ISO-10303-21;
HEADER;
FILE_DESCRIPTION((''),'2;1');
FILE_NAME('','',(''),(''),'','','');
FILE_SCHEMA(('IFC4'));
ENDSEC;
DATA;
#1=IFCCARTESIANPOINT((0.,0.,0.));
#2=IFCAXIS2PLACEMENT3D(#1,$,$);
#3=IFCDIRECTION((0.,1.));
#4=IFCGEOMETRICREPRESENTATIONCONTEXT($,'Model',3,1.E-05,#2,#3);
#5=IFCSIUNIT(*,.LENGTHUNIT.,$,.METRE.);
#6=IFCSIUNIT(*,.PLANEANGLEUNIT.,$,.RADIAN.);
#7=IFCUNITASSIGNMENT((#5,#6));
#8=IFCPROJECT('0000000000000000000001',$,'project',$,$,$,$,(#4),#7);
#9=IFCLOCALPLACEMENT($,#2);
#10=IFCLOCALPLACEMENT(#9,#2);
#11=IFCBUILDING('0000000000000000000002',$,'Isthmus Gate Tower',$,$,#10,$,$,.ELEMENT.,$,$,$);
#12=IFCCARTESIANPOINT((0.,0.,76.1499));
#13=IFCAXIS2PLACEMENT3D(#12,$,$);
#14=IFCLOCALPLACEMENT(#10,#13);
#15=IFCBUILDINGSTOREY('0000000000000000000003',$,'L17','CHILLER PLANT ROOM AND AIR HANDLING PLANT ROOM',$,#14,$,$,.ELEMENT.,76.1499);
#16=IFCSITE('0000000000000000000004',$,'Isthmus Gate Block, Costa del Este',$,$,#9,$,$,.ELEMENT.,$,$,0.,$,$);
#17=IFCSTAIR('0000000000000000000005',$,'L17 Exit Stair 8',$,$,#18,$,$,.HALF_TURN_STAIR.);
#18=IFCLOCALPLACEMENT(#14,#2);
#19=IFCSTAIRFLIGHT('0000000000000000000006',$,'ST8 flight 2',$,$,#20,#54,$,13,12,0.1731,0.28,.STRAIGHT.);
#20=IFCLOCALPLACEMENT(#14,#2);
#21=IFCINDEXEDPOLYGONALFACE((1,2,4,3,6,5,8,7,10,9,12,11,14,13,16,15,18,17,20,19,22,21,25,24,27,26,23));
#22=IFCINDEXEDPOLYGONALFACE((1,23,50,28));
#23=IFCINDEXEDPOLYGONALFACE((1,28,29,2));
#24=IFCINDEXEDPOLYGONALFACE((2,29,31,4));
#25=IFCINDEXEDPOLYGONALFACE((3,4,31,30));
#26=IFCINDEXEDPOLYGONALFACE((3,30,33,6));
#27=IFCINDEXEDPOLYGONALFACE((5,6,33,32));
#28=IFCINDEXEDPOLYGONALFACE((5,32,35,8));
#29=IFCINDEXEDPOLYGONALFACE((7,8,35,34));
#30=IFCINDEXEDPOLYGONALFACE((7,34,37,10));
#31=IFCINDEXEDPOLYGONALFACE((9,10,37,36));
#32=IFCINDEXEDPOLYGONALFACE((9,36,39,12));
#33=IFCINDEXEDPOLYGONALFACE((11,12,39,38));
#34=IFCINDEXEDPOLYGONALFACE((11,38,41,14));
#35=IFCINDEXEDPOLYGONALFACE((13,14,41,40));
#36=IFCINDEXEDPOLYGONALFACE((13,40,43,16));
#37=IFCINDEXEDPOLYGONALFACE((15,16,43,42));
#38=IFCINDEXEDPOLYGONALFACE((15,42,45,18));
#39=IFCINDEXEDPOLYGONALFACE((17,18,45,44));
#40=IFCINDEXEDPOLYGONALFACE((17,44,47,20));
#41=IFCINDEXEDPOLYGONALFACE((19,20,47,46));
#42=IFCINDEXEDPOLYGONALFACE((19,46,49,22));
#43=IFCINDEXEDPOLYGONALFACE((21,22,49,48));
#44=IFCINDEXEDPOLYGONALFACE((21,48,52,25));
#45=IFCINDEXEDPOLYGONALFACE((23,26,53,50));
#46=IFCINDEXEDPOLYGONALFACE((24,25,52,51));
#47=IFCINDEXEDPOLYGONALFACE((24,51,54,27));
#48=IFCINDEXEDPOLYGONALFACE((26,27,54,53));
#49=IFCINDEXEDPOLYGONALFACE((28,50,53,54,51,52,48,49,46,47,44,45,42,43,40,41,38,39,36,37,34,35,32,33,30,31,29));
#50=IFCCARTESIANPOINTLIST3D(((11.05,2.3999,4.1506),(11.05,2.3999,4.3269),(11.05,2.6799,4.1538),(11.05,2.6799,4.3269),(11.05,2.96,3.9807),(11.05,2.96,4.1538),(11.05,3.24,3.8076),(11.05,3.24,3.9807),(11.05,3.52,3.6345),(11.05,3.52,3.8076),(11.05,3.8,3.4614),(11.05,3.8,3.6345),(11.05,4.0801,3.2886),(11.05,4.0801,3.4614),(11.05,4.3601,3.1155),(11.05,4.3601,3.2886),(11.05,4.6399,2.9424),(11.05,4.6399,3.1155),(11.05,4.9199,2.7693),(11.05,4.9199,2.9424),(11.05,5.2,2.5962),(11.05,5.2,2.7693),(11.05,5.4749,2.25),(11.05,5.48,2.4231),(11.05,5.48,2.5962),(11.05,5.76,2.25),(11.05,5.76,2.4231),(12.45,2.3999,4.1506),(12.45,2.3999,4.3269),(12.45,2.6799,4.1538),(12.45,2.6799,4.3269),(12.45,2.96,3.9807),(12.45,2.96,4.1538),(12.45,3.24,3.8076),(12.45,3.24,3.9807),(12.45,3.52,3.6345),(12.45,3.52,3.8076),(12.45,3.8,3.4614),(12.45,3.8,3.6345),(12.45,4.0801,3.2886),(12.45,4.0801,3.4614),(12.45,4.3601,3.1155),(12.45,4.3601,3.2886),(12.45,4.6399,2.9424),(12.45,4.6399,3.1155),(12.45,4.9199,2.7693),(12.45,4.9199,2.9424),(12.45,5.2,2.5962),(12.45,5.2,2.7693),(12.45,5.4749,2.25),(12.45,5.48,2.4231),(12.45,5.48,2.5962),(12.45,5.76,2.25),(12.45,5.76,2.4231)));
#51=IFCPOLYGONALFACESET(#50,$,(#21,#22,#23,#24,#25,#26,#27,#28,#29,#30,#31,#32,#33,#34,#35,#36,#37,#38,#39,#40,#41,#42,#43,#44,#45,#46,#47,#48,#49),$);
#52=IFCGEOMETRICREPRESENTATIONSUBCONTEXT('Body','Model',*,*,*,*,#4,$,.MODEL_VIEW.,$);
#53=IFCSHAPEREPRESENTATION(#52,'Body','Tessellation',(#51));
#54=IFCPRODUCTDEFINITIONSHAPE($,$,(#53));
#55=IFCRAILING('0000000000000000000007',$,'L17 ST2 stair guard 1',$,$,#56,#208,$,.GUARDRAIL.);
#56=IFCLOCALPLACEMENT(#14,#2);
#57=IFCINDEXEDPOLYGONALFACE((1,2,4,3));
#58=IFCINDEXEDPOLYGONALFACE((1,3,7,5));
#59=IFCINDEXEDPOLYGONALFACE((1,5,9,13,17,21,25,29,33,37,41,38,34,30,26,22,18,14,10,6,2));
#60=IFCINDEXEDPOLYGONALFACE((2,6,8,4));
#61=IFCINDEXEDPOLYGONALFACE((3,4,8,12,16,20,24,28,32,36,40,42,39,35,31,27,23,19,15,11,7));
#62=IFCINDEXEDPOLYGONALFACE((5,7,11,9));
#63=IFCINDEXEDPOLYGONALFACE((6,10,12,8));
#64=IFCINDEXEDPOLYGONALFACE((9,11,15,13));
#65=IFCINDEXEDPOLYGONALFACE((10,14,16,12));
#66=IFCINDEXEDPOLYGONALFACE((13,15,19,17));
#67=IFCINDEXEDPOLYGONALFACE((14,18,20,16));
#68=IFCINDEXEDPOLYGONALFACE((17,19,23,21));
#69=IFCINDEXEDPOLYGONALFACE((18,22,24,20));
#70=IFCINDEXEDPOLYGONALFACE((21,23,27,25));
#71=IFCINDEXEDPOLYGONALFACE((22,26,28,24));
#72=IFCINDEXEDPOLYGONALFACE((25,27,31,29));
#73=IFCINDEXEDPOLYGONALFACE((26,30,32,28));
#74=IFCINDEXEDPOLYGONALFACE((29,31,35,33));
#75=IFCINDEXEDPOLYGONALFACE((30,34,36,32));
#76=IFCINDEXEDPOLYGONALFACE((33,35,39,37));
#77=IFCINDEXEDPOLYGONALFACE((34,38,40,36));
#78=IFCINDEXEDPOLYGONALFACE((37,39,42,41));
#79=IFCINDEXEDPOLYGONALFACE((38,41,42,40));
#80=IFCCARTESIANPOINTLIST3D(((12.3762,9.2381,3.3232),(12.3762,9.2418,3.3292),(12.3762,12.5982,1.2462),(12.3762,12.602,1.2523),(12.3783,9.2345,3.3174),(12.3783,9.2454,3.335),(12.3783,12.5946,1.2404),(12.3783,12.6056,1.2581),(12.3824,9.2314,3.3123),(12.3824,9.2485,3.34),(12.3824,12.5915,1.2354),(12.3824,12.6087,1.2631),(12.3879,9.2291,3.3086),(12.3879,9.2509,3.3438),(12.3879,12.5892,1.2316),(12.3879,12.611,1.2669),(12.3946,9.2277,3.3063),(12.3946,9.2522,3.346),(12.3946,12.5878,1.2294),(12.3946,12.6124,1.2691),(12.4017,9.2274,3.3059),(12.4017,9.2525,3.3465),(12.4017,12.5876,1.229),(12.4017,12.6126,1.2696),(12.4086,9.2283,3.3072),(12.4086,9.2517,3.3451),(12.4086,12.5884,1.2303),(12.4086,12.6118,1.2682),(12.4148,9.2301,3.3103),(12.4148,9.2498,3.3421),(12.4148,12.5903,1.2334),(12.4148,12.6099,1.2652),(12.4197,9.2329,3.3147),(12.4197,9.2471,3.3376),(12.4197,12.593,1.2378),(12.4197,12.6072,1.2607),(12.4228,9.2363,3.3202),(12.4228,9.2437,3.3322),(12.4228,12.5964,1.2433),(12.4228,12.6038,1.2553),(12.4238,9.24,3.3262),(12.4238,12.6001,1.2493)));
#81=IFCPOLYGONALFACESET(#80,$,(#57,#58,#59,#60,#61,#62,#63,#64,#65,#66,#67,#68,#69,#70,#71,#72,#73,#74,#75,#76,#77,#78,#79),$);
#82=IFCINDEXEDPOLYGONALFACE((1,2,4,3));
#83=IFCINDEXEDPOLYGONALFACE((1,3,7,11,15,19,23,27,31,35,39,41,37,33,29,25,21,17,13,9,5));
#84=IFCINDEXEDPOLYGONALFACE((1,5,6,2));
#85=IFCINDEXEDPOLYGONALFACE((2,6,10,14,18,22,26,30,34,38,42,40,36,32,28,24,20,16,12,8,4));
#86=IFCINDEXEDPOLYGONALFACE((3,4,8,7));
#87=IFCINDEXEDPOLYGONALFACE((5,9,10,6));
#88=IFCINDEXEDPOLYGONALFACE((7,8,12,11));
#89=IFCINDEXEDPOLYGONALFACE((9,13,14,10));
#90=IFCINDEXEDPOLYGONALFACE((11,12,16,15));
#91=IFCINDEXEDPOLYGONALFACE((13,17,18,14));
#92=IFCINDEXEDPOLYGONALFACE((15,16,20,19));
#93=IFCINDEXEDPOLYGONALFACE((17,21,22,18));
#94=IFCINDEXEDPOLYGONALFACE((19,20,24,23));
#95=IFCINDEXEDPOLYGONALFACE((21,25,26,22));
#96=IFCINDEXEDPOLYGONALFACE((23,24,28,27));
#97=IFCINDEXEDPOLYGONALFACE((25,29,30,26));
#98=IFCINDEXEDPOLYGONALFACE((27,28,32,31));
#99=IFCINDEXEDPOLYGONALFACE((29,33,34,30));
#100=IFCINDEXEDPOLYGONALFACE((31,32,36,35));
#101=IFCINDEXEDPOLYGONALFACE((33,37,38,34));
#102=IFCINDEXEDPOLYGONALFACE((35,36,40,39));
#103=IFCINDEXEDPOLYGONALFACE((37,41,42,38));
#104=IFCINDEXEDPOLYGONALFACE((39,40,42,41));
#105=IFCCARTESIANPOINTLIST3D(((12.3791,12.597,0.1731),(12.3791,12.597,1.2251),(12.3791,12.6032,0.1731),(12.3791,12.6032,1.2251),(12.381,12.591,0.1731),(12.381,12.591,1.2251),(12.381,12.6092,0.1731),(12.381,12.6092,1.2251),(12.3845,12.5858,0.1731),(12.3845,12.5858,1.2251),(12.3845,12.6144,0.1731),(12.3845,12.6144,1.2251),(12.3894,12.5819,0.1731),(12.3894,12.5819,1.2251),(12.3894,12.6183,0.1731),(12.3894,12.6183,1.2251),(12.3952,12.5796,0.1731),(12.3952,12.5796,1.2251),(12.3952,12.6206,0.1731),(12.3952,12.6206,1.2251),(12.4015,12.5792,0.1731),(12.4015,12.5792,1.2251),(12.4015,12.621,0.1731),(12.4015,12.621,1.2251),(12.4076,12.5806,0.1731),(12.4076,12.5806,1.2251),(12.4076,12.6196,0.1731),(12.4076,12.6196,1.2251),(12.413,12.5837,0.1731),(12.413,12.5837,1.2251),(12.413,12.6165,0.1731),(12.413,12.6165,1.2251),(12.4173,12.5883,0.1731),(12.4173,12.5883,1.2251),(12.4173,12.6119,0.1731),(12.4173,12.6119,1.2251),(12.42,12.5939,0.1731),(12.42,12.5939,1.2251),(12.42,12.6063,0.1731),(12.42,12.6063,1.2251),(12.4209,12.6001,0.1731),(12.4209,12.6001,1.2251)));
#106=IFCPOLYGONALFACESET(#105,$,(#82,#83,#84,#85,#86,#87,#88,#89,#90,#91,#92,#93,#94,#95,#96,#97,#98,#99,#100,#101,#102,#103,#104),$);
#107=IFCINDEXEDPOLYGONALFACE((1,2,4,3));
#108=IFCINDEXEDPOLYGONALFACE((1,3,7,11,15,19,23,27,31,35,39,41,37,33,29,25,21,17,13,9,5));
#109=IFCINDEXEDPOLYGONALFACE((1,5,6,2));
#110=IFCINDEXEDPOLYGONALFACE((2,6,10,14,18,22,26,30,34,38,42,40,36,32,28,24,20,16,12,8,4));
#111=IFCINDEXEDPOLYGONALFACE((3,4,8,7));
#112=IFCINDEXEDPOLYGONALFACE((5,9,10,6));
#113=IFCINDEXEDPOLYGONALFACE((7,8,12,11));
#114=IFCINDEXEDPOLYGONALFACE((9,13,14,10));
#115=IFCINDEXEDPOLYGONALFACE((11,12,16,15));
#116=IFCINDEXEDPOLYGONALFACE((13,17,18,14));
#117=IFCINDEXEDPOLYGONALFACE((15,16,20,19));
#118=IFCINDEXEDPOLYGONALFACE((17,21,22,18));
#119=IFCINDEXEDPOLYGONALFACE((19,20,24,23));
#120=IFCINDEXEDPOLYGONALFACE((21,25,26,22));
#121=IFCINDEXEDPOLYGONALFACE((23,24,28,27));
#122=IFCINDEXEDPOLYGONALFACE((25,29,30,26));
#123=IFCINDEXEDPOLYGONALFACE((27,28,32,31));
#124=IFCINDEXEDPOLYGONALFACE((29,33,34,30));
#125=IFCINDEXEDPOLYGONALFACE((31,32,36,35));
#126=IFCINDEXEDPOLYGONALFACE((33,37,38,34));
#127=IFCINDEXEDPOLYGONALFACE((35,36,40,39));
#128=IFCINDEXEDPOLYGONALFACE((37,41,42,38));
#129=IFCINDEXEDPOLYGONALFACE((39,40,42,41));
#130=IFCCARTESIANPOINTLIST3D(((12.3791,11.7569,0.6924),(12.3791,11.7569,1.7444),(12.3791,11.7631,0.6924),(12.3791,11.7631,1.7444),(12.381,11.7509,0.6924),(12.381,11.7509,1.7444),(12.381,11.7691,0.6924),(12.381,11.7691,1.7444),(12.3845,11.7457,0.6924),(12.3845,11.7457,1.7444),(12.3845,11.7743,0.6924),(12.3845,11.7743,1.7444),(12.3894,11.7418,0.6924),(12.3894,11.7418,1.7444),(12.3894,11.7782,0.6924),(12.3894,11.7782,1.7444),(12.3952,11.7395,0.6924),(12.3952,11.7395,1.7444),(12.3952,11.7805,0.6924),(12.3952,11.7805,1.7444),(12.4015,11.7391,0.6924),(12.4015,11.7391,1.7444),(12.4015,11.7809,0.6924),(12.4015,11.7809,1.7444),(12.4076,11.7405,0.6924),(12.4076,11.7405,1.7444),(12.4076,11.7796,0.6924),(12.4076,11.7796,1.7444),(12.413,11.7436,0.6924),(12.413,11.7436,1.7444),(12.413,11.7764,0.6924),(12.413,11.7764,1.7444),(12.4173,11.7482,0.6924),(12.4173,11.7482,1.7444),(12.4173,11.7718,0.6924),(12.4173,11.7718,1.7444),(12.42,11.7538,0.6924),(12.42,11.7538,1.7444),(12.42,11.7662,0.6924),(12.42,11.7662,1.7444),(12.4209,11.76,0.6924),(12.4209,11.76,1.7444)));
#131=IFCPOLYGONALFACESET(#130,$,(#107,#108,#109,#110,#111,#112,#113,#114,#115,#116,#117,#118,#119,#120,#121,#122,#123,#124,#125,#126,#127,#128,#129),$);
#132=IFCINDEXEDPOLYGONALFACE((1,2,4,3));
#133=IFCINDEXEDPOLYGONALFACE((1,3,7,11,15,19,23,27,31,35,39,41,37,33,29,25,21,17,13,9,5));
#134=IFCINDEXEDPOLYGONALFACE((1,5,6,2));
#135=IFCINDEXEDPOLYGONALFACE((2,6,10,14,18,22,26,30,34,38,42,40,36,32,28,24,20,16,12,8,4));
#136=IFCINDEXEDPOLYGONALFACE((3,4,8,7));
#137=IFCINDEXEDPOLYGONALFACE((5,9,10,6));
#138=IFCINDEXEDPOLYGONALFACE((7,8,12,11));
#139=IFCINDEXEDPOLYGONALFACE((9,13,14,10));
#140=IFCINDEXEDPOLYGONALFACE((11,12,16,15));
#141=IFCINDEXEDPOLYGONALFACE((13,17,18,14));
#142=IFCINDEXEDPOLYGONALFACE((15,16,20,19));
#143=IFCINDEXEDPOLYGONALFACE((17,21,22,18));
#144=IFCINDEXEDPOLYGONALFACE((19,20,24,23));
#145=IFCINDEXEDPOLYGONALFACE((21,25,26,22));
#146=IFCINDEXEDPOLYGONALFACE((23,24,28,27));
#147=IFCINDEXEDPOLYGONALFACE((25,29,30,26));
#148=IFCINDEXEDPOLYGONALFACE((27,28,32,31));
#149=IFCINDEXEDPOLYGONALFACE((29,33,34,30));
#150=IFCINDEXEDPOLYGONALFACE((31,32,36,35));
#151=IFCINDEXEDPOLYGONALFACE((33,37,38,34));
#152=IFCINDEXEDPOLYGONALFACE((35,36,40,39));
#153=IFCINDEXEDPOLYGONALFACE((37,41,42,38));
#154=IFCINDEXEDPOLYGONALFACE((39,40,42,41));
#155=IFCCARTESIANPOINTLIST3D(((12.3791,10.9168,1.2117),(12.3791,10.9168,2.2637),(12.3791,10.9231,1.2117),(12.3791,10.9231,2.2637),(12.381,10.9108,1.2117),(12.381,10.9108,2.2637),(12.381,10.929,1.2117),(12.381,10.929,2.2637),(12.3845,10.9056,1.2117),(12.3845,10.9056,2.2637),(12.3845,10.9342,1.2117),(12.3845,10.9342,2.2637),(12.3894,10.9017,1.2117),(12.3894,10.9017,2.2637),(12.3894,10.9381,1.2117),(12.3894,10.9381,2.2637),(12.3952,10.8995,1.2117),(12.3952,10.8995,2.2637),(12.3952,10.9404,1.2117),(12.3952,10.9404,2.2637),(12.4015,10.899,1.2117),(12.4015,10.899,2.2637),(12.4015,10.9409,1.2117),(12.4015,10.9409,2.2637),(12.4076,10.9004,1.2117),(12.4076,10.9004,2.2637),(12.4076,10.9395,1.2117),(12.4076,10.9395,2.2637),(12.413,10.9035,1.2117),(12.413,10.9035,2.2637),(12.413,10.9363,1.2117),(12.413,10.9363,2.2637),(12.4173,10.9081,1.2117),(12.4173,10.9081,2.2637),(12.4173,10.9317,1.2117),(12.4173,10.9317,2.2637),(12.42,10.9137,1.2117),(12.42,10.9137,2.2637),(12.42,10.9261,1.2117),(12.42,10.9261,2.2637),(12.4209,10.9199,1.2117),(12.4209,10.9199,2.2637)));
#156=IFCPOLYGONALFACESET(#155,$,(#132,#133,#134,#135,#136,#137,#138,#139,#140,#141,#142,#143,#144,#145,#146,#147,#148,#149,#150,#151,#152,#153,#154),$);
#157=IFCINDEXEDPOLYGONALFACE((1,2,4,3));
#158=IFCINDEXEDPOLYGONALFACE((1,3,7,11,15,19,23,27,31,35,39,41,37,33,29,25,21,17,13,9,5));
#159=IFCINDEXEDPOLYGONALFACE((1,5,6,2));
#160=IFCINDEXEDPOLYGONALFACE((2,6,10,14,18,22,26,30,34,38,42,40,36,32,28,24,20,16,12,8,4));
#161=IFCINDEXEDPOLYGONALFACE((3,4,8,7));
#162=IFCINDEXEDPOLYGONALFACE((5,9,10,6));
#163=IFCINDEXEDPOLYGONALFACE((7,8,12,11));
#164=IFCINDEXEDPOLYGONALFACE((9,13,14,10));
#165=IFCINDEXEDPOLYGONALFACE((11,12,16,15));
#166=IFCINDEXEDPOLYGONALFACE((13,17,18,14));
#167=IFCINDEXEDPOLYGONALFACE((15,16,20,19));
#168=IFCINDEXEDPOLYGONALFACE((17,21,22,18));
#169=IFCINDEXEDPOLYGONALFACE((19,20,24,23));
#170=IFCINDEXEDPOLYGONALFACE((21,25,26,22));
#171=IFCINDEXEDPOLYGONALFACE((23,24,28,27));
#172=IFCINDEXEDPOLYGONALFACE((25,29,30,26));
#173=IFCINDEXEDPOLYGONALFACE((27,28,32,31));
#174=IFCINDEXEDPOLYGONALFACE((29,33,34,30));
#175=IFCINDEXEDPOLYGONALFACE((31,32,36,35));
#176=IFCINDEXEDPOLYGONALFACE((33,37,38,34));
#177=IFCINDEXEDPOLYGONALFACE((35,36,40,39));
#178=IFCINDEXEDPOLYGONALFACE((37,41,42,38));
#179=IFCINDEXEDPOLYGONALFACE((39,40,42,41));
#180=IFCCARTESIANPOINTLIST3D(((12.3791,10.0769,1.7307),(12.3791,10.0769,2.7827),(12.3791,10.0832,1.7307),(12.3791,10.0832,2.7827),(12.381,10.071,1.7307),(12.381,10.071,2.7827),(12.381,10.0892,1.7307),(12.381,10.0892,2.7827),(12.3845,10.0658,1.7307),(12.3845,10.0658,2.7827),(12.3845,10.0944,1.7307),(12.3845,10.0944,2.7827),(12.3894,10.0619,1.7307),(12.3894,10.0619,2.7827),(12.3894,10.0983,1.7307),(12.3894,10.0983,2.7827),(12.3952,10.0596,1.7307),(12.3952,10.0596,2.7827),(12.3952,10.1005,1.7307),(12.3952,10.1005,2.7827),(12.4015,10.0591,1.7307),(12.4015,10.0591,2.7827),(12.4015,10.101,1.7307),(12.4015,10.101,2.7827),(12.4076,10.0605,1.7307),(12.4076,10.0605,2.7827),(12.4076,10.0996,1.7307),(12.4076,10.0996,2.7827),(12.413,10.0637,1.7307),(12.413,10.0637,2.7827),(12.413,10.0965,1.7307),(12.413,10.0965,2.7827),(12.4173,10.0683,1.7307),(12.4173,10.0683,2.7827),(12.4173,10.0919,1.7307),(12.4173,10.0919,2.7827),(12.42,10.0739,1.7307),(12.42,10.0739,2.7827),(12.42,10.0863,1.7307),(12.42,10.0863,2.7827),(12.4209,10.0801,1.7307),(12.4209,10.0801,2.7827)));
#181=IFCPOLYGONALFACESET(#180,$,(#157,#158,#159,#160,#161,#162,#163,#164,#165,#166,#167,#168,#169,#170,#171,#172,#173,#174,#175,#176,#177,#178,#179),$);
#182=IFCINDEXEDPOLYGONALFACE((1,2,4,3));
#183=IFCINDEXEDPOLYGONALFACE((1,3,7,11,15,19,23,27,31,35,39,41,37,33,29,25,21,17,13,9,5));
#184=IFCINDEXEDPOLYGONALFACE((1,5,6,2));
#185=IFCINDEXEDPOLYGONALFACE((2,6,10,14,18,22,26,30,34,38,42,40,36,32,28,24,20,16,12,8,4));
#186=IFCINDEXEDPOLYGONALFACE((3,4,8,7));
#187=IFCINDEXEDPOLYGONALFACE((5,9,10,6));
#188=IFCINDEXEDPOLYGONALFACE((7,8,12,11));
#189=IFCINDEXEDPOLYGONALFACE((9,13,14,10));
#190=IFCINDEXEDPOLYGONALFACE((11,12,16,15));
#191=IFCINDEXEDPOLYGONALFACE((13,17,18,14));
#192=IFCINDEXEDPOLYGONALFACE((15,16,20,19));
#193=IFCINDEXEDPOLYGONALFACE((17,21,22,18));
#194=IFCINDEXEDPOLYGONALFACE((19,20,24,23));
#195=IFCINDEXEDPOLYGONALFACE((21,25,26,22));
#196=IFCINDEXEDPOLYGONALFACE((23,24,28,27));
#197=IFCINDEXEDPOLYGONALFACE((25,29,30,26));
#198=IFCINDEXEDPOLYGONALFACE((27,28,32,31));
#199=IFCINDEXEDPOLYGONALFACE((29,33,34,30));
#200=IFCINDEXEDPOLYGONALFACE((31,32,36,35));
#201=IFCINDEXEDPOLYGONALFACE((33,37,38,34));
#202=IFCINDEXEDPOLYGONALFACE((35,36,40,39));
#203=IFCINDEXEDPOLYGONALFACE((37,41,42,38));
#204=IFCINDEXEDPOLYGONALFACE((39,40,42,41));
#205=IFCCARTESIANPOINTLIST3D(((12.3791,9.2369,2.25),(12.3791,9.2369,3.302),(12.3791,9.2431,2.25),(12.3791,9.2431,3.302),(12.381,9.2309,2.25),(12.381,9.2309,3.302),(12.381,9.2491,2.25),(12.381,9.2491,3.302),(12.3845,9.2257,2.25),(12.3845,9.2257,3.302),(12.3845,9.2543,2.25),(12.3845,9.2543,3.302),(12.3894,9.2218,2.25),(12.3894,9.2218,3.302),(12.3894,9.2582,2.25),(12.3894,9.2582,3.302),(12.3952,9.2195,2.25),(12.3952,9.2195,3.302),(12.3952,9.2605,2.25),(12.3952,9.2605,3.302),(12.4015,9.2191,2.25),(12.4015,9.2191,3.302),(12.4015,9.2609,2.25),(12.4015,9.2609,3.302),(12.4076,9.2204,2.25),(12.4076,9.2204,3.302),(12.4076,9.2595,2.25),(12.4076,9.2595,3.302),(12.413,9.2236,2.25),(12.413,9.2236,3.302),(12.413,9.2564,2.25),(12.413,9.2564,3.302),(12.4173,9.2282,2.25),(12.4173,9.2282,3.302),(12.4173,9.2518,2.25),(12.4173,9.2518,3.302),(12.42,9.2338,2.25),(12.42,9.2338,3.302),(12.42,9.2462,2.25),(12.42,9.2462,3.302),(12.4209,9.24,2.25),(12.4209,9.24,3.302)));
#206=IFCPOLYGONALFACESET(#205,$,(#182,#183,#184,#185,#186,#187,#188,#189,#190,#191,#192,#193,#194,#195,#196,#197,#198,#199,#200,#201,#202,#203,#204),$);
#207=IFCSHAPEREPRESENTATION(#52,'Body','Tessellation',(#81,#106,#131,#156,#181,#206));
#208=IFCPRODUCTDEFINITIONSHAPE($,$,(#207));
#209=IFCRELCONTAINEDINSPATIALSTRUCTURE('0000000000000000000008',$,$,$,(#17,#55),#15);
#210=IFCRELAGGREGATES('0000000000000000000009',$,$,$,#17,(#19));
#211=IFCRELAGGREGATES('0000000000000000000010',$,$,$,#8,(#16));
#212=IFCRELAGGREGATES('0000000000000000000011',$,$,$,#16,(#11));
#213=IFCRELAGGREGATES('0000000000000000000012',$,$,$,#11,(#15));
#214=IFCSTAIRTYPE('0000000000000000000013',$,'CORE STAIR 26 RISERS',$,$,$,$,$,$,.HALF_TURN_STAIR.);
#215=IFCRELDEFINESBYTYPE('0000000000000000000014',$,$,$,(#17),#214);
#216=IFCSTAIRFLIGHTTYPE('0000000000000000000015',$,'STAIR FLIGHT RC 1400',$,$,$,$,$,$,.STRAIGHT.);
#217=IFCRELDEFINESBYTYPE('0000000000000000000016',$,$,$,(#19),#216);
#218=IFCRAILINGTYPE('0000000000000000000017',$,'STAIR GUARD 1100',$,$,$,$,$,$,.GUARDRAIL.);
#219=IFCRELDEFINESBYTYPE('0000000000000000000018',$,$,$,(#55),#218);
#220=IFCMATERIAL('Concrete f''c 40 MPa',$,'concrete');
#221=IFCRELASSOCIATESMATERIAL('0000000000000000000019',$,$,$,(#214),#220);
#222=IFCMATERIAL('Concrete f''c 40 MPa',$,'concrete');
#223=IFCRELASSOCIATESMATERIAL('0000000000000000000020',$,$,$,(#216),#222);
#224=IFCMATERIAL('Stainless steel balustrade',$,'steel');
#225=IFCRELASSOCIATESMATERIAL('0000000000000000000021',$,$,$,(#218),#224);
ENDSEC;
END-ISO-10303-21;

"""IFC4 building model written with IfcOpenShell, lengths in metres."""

from ifc_helpers import new_model, si_unit, direction, frame, origin, origin_2d, place, context, subcontext, project, spatial, polyline, circle, outline, extrude, material, type_object, element, aggregate, save


model = new_model("IFC4")

# Units and contexts
model_context = context("Model", 3, precision=1e-05, world=origin(), true_north=direction((0.0, 1.0)))
body_context = subcontext(model_context, "Body", "Model", "MODEL_VIEW")
ifc_project = project(units=[si_unit("LENGTHUNIT", "METRE"), si_unit("PLANEANGLEUNIT", "RADIAN")], contexts=[model_context])

# Site, building, storey
site_placement = place(None, origin())
site = spatial("IfcSite", under=ifc_project, at=site_placement, Name="Isthmus Gate Block, Costa del Este", CompositionType="ELEMENT", RefElevation=0.0)
building_placement = place(site_placement, origin())
building = spatial("IfcBuilding", under=site, at=building_placement, Name="Isthmus Gate Tower", CompositionType="ELEMENT")
storey_placement = place(building_placement, frame((0.0, 0.0, 76.1499)))
storey = spatial("IfcBuildingStorey", under=building, at=storey_placement, Name="L17", Description="CHILLER PLANT ROOM AND AIR HANDLING PLANT ROOM", CompositionType="ELEMENT", Elevation=76.1499)

# Stair, stair flight
ifc_material_1 = material(Name="Concrete f'c 40 MPa", Category="concrete")
stair_type = type_object("IfcStairType", Name="CORE STAIR 26 RISERS", PredefinedType="HALF_TURN_STAIR", material=ifc_material_1)
ifc_material_2 = material(Name="Concrete f'c 40 MPa", Category="concrete")
stair_flight_type = type_object("IfcStairFlightType", Name="STAIR FLIGHT RC 1400", PredefinedType="STRAIGHT", material=ifc_material_2)
stair_1_placement = place(storey_placement, origin())
stair_1 = element("IfcStair", 1, at=stair_1_placement, inside=storey, type_object=stair_type, Name="L17 Exit Stair 8", PredefinedType="HALF_TURN_STAIR")
stair_flight_1_placement = place(storey_placement, frame((11.75, 5.76, 2.25), z_axis=(0.0, 0.0, 1.0), x_axis=(0.0, -1.0, 0.0)))
stair_flight_1 = element("IfcStairFlight", 2, at=stair_flight_1_placement, type_object=stair_flight_type, Name="ST8 flight 2", NumberOfRisers=13, NumberOfTreads=12, PredefinedType="STRAIGHT", RiserHeight=0.1731, TreadLength=0.28, context=body_context, shape_type="SweptSolid", body=[
    extrude(outline(polyline([(0.0, 0.0), (0.0, 0.1731), (0.28, 0.1731), (0.28, 0.3462), (0.5601, 0.3462), (0.5601, 0.5193), (0.8401, 0.5193), (0.8401, 0.6924), (1.1201, 0.6924), (1.1201, 0.8655), (1.3999, 0.8655), (1.3999, 1.0386), (1.6799, 1.0386), (1.6799, 1.2114), (1.96, 1.2114), (1.96, 1.3845), (2.24, 1.3845), (2.24, 1.5576), (2.52, 1.5576), (2.52, 1.7307), (2.8, 1.7307), (2.8, 1.9038), (3.0801, 1.9038), (3.0801, 2.0769), (3.3601, 2.0769), (3.3601, 2.25), (3.3601, 1.9006), (0.2852, 0.0), (0.0, 0.0)])), frame((0.0, 0.7, 0.0), z_axis=(0.0, -1.0, 0.0), x_axis=(1.0, 0.0, 0.0)), (0.0, 0.0, 1.0), 1.3999),
])
aggregate(stair_1, [stair_flight_1])

# Railing
ifc_material_3 = material(Name="Stainless steel balustrade", Category="steel")
railing_type_1 = type_object("IfcRailingType", Name="STAIR GUARD 1100", PredefinedType="GUARDRAIL", material=ifc_material_3)
railing_1_placement = place(storey_placement, frame((12.3999, 12.6001, 0.1731)))
element("IfcRailing", 3, at=railing_1_placement, inside=storey, type_object=railing_type_1, Name="L17 ST2 stair guard 1", PredefinedType="GUARDRAIL", context=body_context, shape_type="SweptSolid", body=[
    extrude(circle(Radius=0.0239, at=origin_2d()), frame((0.0, 0.0, 1.0762), z_axis=(0.0, -0.850623, 0.525776), x_axis=(1.0, 0.0, 0.0)), (0.0, 0.0, 1.0), 3.9502),
    extrude(circle(Radius=0.021, at=origin_2d()), origin(), (0.0, 0.0, 1.0), 1.052),
    extrude(circle(Radius=0.021, at=origin_2d()), frame((0.0, -0.8401, 0.5193)), (0.0, 0.0, 1.0), 1.052),
    extrude(circle(Radius=0.021, at=origin_2d()), frame((0.0, -1.6802, 1.0386)), (0.0, 0.0, 1.0), 1.052),
    extrude(circle(Radius=0.021, at=origin_2d()), frame((0.0, -2.52, 1.5576)), (0.0, 0.0, 1.0), 1.052),
    extrude(circle(Radius=0.021, at=origin_2d()), frame((0.0, -3.3601, 2.0769)), (0.0, 0.0, 1.0), 1.052),
])

save(model, "model.ifc")
